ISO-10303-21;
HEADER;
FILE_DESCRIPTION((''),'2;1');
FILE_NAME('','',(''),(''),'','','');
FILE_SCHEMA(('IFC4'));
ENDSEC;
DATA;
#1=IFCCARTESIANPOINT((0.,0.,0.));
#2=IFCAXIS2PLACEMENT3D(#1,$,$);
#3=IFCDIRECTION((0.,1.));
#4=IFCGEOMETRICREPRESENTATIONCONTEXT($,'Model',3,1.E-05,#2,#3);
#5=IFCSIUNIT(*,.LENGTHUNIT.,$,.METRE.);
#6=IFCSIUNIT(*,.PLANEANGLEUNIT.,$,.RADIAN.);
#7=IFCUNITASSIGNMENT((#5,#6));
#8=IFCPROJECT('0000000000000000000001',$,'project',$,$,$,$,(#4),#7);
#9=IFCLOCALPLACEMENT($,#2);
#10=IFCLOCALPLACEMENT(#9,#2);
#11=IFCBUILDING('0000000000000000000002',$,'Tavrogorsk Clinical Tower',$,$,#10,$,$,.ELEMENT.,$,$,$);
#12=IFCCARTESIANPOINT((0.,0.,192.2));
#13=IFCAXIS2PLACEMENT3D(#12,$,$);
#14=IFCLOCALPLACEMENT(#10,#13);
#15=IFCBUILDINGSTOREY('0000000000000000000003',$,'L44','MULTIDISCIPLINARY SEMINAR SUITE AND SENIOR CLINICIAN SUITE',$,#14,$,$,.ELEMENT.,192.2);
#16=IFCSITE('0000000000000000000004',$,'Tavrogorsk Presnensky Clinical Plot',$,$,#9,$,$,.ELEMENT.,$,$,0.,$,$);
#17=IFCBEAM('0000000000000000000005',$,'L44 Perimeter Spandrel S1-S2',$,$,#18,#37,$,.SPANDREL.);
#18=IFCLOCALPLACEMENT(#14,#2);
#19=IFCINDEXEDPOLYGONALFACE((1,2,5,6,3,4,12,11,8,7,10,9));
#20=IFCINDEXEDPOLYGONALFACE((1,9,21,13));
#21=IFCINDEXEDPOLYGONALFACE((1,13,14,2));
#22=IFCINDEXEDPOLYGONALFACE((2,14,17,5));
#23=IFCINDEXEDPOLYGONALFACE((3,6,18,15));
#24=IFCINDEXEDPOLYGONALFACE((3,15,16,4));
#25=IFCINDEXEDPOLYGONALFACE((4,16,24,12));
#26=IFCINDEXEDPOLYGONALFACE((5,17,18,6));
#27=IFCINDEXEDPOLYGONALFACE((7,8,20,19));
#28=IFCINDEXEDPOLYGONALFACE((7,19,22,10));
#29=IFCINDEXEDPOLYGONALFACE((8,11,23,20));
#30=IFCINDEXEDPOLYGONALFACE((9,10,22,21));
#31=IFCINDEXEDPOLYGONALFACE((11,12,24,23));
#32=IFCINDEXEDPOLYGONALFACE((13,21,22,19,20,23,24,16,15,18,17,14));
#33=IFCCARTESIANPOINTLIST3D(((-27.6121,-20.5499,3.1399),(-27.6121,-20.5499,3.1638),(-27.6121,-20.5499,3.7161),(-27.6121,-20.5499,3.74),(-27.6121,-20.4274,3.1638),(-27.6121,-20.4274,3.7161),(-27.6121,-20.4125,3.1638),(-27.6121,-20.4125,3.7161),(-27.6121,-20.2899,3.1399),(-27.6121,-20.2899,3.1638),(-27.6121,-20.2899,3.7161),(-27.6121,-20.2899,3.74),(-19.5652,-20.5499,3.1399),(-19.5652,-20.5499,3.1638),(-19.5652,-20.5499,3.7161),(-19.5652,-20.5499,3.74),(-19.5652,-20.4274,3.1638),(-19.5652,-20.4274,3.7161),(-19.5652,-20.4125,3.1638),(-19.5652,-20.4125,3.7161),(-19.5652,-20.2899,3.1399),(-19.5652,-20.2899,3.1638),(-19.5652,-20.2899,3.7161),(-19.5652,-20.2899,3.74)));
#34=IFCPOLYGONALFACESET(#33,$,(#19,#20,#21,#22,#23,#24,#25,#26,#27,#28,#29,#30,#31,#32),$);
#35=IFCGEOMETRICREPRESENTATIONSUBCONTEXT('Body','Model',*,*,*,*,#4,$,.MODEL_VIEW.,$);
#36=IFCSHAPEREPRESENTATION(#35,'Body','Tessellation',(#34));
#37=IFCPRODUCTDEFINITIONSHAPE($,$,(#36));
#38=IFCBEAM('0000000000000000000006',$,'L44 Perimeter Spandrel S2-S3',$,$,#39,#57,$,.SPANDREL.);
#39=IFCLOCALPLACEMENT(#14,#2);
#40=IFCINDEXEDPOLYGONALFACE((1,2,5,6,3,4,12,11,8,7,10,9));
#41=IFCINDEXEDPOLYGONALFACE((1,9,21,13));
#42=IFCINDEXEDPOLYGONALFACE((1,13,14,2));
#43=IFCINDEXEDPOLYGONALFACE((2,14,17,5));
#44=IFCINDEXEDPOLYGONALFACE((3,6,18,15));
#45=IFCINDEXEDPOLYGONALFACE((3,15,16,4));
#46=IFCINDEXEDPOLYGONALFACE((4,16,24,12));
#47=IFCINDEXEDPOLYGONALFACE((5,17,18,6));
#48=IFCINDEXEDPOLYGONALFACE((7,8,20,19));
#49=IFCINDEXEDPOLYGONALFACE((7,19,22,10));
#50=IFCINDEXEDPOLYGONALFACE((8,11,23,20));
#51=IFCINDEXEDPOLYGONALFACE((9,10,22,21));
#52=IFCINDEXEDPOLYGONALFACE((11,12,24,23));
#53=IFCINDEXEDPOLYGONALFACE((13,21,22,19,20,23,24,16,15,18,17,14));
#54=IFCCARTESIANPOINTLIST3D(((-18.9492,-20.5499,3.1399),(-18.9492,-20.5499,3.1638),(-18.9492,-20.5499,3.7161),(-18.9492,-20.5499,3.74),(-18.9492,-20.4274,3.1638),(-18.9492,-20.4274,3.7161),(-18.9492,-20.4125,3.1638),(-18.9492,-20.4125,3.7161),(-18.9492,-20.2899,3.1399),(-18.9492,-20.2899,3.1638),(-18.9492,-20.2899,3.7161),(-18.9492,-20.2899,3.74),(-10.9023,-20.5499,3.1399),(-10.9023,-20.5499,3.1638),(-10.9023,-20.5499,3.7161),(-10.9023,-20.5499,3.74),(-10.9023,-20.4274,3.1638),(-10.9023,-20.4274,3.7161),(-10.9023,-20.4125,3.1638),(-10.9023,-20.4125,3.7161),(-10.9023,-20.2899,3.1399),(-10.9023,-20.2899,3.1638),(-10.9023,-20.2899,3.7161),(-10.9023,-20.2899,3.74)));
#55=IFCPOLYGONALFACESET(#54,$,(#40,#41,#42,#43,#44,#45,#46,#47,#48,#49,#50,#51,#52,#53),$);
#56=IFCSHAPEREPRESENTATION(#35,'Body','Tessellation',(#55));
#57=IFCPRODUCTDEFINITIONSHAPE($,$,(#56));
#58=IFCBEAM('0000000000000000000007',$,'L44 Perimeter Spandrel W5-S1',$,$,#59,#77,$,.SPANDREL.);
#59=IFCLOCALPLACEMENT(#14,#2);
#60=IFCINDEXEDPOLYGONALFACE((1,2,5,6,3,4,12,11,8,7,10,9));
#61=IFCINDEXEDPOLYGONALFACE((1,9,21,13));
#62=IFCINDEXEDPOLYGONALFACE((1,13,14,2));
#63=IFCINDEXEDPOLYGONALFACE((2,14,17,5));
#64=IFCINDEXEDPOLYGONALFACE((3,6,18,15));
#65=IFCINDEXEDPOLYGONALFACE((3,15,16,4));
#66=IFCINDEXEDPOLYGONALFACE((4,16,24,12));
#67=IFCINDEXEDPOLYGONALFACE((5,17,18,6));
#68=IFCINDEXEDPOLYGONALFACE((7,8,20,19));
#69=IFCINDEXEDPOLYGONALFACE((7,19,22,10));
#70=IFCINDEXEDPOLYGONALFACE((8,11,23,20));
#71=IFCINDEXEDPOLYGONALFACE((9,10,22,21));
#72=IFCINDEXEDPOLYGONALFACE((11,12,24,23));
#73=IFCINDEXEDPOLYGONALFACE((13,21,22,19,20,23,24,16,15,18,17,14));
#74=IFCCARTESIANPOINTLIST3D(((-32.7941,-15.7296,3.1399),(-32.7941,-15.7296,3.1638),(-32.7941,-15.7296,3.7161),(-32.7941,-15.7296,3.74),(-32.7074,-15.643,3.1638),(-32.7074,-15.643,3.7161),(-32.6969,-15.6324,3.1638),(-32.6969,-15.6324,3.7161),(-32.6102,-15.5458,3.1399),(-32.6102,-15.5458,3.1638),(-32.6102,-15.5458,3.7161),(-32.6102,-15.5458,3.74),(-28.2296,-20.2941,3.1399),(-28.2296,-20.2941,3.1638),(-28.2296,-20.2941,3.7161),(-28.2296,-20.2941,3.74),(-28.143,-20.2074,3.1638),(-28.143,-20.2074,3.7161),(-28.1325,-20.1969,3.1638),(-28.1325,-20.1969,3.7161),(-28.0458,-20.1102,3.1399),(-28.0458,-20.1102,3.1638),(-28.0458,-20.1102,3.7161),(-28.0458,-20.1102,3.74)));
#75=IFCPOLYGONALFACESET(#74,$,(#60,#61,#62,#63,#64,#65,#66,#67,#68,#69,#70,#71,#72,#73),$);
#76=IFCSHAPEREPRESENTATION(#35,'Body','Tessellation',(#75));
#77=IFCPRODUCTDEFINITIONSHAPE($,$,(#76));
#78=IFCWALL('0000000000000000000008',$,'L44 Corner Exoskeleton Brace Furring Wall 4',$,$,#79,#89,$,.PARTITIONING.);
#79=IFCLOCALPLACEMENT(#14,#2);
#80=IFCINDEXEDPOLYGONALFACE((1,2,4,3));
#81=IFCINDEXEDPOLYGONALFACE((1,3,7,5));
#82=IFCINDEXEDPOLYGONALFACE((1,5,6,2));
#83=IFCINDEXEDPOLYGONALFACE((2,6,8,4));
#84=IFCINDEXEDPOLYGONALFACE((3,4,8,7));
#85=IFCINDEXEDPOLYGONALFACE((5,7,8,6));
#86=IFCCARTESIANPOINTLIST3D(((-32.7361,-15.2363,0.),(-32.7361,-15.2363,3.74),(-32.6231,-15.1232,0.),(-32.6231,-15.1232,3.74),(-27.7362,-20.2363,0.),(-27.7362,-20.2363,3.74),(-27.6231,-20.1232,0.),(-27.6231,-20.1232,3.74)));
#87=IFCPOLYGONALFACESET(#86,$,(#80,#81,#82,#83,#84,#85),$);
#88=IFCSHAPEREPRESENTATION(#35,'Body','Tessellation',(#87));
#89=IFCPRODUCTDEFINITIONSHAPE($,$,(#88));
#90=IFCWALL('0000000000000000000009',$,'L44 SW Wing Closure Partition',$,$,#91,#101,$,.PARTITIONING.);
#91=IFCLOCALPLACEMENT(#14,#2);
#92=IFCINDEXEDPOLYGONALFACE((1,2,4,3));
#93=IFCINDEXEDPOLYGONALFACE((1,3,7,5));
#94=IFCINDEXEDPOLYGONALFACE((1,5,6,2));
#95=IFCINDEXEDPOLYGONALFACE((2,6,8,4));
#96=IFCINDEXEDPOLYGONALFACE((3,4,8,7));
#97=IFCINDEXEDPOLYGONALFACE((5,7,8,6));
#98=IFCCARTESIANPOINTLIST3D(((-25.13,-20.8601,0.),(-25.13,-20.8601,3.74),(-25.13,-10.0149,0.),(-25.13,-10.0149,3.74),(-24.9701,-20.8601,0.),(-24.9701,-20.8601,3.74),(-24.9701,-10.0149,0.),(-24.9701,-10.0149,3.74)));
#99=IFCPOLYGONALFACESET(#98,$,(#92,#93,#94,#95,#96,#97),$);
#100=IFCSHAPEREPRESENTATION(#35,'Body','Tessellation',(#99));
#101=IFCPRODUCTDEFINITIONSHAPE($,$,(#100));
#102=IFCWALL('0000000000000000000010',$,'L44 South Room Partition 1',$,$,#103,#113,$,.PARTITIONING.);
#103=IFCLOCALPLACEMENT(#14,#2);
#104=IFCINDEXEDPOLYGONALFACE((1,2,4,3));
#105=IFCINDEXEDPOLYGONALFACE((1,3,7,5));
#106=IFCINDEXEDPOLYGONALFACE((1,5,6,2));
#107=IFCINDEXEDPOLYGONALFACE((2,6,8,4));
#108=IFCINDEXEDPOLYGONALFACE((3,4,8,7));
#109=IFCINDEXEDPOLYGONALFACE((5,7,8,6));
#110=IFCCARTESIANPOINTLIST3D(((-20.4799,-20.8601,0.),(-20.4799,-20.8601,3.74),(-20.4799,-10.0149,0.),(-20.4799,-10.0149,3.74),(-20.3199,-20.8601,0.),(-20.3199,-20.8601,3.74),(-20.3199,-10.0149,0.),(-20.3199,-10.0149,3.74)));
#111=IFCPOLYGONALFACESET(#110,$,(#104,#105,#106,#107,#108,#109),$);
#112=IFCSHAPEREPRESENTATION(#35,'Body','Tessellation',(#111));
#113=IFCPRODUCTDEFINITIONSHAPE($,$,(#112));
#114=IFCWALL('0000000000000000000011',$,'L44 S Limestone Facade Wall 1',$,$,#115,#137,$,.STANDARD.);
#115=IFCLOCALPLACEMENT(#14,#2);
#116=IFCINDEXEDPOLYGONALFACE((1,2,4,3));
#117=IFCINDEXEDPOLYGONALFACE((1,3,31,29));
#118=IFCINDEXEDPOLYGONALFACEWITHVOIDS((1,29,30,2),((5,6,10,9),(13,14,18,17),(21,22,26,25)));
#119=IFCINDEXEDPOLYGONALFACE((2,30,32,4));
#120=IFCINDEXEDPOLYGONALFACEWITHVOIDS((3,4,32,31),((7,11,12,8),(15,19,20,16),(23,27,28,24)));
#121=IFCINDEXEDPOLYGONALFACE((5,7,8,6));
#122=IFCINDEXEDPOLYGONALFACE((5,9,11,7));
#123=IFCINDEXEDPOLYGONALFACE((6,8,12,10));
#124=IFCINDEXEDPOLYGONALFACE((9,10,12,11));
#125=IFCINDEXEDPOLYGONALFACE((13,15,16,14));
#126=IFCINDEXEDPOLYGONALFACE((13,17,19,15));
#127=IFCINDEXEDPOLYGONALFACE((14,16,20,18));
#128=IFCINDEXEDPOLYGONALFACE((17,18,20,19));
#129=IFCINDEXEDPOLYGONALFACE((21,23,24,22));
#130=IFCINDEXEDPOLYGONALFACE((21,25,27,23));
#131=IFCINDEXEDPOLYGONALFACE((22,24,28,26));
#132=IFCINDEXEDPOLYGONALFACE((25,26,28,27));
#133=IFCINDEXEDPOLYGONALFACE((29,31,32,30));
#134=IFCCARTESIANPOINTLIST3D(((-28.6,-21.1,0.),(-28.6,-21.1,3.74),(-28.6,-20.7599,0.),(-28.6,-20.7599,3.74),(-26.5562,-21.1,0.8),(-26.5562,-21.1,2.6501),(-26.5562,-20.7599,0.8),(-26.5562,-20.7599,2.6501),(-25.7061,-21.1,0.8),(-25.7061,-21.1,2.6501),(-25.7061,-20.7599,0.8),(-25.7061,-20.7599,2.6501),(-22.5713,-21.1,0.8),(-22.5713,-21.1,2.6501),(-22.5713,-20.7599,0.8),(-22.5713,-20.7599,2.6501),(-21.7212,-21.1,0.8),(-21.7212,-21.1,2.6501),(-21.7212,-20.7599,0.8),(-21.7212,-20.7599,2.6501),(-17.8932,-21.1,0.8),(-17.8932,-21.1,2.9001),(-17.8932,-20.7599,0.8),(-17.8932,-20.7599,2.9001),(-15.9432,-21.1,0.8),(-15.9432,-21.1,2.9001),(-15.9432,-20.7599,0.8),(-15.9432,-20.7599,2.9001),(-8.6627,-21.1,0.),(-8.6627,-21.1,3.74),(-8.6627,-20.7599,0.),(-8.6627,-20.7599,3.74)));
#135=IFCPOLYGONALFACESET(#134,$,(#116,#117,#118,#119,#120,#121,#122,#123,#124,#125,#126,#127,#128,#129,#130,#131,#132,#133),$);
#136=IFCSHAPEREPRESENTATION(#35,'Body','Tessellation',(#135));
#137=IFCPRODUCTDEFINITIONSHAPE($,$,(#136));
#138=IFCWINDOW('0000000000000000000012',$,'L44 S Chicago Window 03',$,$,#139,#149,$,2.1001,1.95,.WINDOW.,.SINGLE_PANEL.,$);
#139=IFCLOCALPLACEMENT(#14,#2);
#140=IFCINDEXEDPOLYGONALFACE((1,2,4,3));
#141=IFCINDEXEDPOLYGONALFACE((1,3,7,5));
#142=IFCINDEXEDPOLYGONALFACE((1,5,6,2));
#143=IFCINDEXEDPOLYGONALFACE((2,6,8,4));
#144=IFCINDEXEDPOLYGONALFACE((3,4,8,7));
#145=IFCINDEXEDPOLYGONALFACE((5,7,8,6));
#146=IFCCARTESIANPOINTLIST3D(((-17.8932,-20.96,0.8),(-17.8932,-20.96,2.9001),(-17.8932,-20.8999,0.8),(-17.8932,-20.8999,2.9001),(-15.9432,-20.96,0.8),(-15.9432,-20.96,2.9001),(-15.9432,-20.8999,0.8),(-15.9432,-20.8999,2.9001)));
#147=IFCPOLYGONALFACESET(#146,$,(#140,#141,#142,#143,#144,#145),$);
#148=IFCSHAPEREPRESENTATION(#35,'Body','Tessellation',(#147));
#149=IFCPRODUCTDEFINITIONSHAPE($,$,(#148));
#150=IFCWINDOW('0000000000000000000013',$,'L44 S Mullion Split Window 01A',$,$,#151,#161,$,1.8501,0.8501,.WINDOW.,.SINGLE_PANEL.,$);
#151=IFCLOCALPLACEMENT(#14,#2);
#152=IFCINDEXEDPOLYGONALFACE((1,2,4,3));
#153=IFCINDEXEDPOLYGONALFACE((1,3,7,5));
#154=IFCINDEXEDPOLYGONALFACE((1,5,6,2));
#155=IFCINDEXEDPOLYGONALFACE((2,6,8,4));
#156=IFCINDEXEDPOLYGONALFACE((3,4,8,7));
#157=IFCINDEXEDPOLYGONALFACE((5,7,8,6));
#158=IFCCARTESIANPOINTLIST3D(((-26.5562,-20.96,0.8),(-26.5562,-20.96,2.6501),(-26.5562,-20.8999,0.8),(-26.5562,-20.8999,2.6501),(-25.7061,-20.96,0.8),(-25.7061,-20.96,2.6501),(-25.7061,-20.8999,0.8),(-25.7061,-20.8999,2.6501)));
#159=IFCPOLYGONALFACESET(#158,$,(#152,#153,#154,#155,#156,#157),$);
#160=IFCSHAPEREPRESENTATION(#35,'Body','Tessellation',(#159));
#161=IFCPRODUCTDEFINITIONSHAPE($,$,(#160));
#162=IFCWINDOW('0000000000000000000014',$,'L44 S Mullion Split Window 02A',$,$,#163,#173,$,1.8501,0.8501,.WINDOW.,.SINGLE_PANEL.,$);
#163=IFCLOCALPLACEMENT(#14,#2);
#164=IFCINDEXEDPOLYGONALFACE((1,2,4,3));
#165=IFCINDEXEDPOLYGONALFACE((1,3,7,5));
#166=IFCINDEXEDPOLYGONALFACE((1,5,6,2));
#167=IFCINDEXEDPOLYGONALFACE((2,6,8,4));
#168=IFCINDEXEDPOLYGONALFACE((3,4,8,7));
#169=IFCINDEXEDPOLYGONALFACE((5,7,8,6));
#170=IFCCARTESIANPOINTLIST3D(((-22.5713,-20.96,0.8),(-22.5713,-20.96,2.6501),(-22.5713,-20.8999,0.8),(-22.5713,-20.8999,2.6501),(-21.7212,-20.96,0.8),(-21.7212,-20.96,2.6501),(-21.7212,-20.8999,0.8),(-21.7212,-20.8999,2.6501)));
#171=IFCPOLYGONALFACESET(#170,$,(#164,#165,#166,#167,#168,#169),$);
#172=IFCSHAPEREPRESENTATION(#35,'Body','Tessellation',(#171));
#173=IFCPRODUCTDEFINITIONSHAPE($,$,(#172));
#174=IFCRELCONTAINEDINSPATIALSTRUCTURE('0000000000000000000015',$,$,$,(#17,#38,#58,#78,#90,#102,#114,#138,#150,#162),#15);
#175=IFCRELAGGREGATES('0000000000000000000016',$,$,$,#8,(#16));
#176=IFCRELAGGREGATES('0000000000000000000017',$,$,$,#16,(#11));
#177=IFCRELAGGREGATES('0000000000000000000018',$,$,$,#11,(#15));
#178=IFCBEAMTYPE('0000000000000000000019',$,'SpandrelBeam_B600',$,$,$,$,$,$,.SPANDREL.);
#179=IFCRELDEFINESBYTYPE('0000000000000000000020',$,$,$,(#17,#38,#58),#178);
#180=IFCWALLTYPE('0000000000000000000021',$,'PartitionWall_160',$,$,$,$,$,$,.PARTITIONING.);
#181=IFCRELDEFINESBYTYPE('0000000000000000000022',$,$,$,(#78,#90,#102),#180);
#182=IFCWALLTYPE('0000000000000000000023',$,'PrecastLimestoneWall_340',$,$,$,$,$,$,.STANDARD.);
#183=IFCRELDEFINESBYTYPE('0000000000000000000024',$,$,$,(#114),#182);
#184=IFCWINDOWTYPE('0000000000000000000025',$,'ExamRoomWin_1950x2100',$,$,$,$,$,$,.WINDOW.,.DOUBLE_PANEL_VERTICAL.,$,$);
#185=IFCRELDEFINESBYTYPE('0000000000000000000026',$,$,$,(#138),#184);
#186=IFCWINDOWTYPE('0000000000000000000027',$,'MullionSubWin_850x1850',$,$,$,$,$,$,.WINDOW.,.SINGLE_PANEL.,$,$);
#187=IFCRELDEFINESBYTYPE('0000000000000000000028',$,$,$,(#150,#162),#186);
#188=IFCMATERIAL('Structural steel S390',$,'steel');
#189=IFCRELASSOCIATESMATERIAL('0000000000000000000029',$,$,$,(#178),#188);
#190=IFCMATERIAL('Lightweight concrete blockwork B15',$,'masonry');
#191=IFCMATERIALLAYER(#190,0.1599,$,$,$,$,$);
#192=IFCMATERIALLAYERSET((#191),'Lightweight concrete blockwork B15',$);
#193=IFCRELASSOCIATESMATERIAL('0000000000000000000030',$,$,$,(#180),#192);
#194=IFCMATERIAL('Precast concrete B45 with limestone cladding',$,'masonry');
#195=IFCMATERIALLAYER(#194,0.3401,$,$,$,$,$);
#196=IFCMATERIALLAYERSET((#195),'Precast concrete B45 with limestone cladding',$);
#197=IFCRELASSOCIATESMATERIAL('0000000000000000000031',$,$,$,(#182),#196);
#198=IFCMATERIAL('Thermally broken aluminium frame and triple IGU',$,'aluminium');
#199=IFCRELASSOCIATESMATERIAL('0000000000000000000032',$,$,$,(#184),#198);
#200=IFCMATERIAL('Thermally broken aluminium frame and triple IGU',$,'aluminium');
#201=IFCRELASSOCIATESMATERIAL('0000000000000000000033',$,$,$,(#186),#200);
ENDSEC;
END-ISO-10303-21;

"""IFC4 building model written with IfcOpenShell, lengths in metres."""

from ifc_helpers import new_model, si_unit, direction, frame, frame_2d, origin, origin_2d, place, context, subcontext, project, spatial, rectangle, i_section, extrude, material, layer, layer_set, material_profile, profile_set, type_object, element, fill, save


model = new_model("IFC4")

# Units and contexts
model_context = context("Model", 3, precision=1e-05, world=origin(), true_north=direction((0.0, 1.0)))
body_context = subcontext(model_context, "Body", "Model", "MODEL_VIEW")
ifc_project = project(units=[si_unit("LENGTHUNIT", "METRE"), si_unit("PLANEANGLEUNIT", "RADIAN")], contexts=[model_context])

# Site, building, storey
site_placement = place(None, origin())
site = spatial("IfcSite", under=ifc_project, at=site_placement, Name="Tavrogorsk Presnensky Clinical Plot", CompositionType="ELEMENT", RefElevation=0.0)
building_placement = place(site_placement, origin())
building = spatial("IfcBuilding", under=site, at=building_placement, Name="Tavrogorsk Clinical Tower", CompositionType="ELEMENT")
storey_placement = place(building_placement, frame((0.0, 0.0, 192.2)))
storey = spatial("IfcBuildingStorey", under=building, at=storey_placement, Name="L44", Description="MULTIDISCIPLINARY SEMINAR SUITE AND SENIOR CLINICIAN SUITE", CompositionType="ELEMENT", Elevation=192.2)

# Beams
ifc_material_1 = material(Name="Structural steel S390", Category="steel")
ifc_material_profile_1 = material_profile(ifc_material_1, i_section(OverallWidth=0.26, OverallDepth=0.6001, WebThickness=0.0149, FlangeThickness=0.0239, at=origin_2d()), Name="B-600x260x15x24")
ifc_profile_set_1 = profile_set([ifc_material_profile_1], Name="Structural steel S390")
beam_type_1 = type_object("IfcBeamType", Name="SpandrelBeam_B600", PredefinedType="SPANDREL", material=ifc_profile_set_1)
for number, where, z_axis, x_axis, name in (
    (1, (-27.6121, -20.4199, 3.4399), (1.0, 0.0, 0.0), (0.0, 1.0, 0.0), "L44 Perimeter Spandrel S1-S2"),
    (2, (-18.9492, -20.4199, 3.4399), (1.0, 0.0, 0.0), (0.0, 1.0, 0.0), "L44 Perimeter Spandrel S2-S3"),
):
    element("IfcBeam", number, at=place(storey_placement, frame(where, z_axis=z_axis, x_axis=x_axis)), inside=storey, type_object=beam_type_1, Name=name, PredefinedType="SPANDREL", context=body_context, shape_type="SweptSolid", body=[
        extrude(i_section(OverallWidth=0.26, OverallDepth=0.6001, WebThickness=0.0149, FlangeThickness=0.0239, at=origin_2d()), origin(), (0.0, 0.0, 1.0), 8.0469),
    ])
beam_1_placement = place(storey_placement, frame((-32.7021, -15.6377, 3.4399), z_axis=(0.707107, -0.707107, 0.0), x_axis=(0.707107, 0.707107, 0.0)))
element("IfcBeam", 3, at=beam_1_placement, inside=storey, type_object=beam_type_1, Name="L44 Perimeter Spandrel W5-S1", PredefinedType="SPANDREL", context=body_context, shape_type="SweptSolid", body=[
    extrude(i_section(OverallWidth=0.26, OverallDepth=0.6001, WebThickness=0.0149, FlangeThickness=0.0239, at=origin_2d()), origin(), (0.0, 0.0, 1.0), 6.4551),
])

# Walls
ifc_material_2 = material(Name="Lightweight concrete blockwork B15", Category="masonry")
ifc_layer_1 = layer(ifc_material_2, 0.1599)
ifc_layer_set_1 = layer_set([ifc_layer_1], Name="Lightweight concrete blockwork B15")
wall_type_1 = type_object("IfcWallType", Name="PartitionWall_160", PredefinedType="PARTITIONING", material=ifc_layer_set_1)
wall_1_placement = place(storey_placement, frame((-32.6797, -15.1797, 0.0), z_axis=(0.0, 0.0, 1.0), x_axis=(0.707107, -0.707107, 0.0)))
element("IfcWall", 4, at=wall_1_placement, inside=storey, type_object=wall_type_1, Name="L44 Corner Exoskeleton Brace Furring Wall 4", PredefinedType="PARTITIONING", context=body_context, shape_type="SweptSolid", body=[
    extrude(rectangle(XDim=7.071, YDim=0.1599, at=frame_2d((3.5356, 0.0))), origin(), (0.0, 0.0, 1.0), 3.74),
])
for number, where, z_axis, x_axis, name in (
    (5, (-25.05, -20.8601, 0.0), (0.0, 0.0, 1.0), (0.0, 1.0, 0.0), "L44 SW Wing Closure Partition"),
    (6, (-20.3999, -20.8601, 0.0), (0.0, 0.0, 1.0), (0.0, 1.0, 0.0), "L44 South Room Partition 1"),
):
    element("IfcWall", number, at=place(storey_placement, frame(where, z_axis=z_axis, x_axis=x_axis)), inside=storey, type_object=wall_type_1, Name=name, PredefinedType="PARTITIONING", context=body_context, shape_type="SweptSolid", body=[
        extrude(rectangle(XDim=10.8452, YDim=0.1599, at=frame_2d((5.4226, 0.0))), origin(), (0.0, 0.0, 1.0), 3.74),
    ])

# Wall, openings, windows
ifc_material_3 = material(Name="Precast concrete B45 with limestone cladding", Category="masonry")
ifc_layer_2 = layer(ifc_material_3, 0.3401)
ifc_layer_set_2 = layer_set([ifc_layer_2], Name="Precast concrete B45 with limestone cladding")
wall_type_2 = type_object("IfcWallType", Name="PrecastLimestoneWall_340", PredefinedType="STANDARD", material=ifc_layer_set_2)
wall_2_placement = place(storey_placement, frame((-28.6001, -20.9299, 0.0), z_axis=(0.0, 0.0, 1.0), x_axis=(1.0, 0.0, 0.0)))
wall_2 = element("IfcWall", 7, at=wall_2_placement, inside=storey, type_object=wall_type_2, Name="L44 S Limestone Facade Wall 1", PredefinedType="STANDARD", context=body_context, shape_type="SweptSolid", body=[
    extrude(rectangle(XDim=19.9373, YDim=0.3401, at=frame_2d((9.9688, 0.0))), origin(), (0.0, 0.0, 1.0), 3.74),
])
opening_1_placement = place(wall_2_placement, frame((2.0439, 0.0, 0.8)))
opening_1 = element("IfcOpeningElement", 8, at=opening_1_placement, cuts=wall_2, PredefinedType="OPENING", context=body_context, shape_type="SweptSolid", body=[
    extrude(rectangle(XDim=0.8501, YDim=1.8501, at=frame_2d((0.425, 0.925))), frame((0.0, 0.1799, 0.0), z_axis=(0.0, -1.0, 0.0), x_axis=(1.0, 0.0, 0.0)), (0.0, 0.0, 1.0), 0.3601),
])
opening_2_placement = place(wall_2_placement, frame((6.0288, 0.0, 0.8)))
opening_2 = element("IfcOpeningElement", 9, at=opening_2_placement, cuts=wall_2, PredefinedType="OPENING", context=body_context, shape_type="SweptSolid", body=[
    extrude(rectangle(XDim=0.8501, YDim=1.8501, at=frame_2d((0.425, 0.925))), frame((0.0, 0.1799, 0.0), z_axis=(0.0, -1.0, 0.0), x_axis=(1.0, 0.0, 0.0)), (0.0, 0.0, 1.0), 0.3601),
])
opening_3_placement = place(wall_2_placement, frame((10.7068, 0.0, 0.8)))
opening_3 = element("IfcOpeningElement", 10, at=opening_3_placement, cuts=wall_2, PredefinedType="OPENING", context=body_context, shape_type="SweptSolid", body=[
    extrude(rectangle(XDim=1.95, YDim=2.1001, at=frame_2d((0.9751, 1.05))), frame((0.0, 0.1799, 0.0), z_axis=(0.0, -1.0, 0.0), x_axis=(1.0, 0.0, 0.0)), (0.0, 0.0, 1.0), 0.3601),
])
ifc_material_4 = material(Name="Thermally broken aluminium frame and triple IGU", Category="aluminium")
window_type_1 = type_object("IfcWindowType", Name="ExamRoomWin_1950x2100", PartitioningType="DOUBLE_PANEL_VERTICAL", PredefinedType="WINDOW", material=ifc_material_4)
window_1_placement = place(opening_3_placement, origin())
window_1 = element("IfcWindow", 11, at=window_1_placement, inside=storey, type_object=window_type_1, Name="L44 S Chicago Window 03", OverallHeight=2.1001, OverallWidth=1.95, PartitioningType="SINGLE_PANEL", PredefinedType="WINDOW", context=body_context, shape_type="SweptSolid", body=[
    extrude(rectangle(XDim=1.95, YDim=2.1001, at=frame_2d((0.9751, 1.05))), frame((0.0, 0.03, 0.0), z_axis=(0.0, -1.0, 0.0), x_axis=(1.0, 0.0, 0.0)), (0.0, 0.0, 1.0), 0.0601),
])
fill(opening_3, window_1)
ifc_material_5 = material(Name="Thermally broken aluminium frame and triple IGU", Category="aluminium")
window_type_2 = type_object("IfcWindowType", Name="MullionSubWin_850x1850", PartitioningType="SINGLE_PANEL", PredefinedType="WINDOW", material=ifc_material_5)
window_2_placement = place(opening_1_placement, origin())
window_2 = element("IfcWindow", 12, at=window_2_placement, inside=storey, type_object=window_type_2, Name="L44 S Mullion Split Window 01A", OverallHeight=1.8501, OverallWidth=0.8501, PartitioningType="SINGLE_PANEL", PredefinedType="WINDOW", context=body_context, shape_type="SweptSolid", body=[
    extrude(rectangle(XDim=0.8501, YDim=1.8501, at=frame_2d((0.425, 0.925))), frame((0.0, 0.03, 0.0), z_axis=(0.0, -1.0, 0.0), x_axis=(1.0, 0.0, 0.0)), (0.0, 0.0, 1.0), 0.0601),
])
fill(opening_1, window_2)
window_3_placement = place(opening_2_placement, origin())
window_3 = element("IfcWindow", 13, at=window_3_placement, inside=storey, type_object=window_type_2, Name="L44 S Mullion Split Window 02A", OverallHeight=1.8501, OverallWidth=0.8501, PartitioningType="SINGLE_PANEL", PredefinedType="WINDOW", context=body_context, shape_type="SweptSolid", body=[
    extrude(rectangle(XDim=0.8501, YDim=1.8501, at=frame_2d((0.425, 0.925))), frame((0.0, 0.03, 0.0), z_axis=(0.0, -1.0, 0.0), x_axis=(1.0, 0.0, 0.0)), (0.0, 0.0, 1.0), 0.0601),
])
fill(opening_2, window_3)

save(model, "model.ifc")
